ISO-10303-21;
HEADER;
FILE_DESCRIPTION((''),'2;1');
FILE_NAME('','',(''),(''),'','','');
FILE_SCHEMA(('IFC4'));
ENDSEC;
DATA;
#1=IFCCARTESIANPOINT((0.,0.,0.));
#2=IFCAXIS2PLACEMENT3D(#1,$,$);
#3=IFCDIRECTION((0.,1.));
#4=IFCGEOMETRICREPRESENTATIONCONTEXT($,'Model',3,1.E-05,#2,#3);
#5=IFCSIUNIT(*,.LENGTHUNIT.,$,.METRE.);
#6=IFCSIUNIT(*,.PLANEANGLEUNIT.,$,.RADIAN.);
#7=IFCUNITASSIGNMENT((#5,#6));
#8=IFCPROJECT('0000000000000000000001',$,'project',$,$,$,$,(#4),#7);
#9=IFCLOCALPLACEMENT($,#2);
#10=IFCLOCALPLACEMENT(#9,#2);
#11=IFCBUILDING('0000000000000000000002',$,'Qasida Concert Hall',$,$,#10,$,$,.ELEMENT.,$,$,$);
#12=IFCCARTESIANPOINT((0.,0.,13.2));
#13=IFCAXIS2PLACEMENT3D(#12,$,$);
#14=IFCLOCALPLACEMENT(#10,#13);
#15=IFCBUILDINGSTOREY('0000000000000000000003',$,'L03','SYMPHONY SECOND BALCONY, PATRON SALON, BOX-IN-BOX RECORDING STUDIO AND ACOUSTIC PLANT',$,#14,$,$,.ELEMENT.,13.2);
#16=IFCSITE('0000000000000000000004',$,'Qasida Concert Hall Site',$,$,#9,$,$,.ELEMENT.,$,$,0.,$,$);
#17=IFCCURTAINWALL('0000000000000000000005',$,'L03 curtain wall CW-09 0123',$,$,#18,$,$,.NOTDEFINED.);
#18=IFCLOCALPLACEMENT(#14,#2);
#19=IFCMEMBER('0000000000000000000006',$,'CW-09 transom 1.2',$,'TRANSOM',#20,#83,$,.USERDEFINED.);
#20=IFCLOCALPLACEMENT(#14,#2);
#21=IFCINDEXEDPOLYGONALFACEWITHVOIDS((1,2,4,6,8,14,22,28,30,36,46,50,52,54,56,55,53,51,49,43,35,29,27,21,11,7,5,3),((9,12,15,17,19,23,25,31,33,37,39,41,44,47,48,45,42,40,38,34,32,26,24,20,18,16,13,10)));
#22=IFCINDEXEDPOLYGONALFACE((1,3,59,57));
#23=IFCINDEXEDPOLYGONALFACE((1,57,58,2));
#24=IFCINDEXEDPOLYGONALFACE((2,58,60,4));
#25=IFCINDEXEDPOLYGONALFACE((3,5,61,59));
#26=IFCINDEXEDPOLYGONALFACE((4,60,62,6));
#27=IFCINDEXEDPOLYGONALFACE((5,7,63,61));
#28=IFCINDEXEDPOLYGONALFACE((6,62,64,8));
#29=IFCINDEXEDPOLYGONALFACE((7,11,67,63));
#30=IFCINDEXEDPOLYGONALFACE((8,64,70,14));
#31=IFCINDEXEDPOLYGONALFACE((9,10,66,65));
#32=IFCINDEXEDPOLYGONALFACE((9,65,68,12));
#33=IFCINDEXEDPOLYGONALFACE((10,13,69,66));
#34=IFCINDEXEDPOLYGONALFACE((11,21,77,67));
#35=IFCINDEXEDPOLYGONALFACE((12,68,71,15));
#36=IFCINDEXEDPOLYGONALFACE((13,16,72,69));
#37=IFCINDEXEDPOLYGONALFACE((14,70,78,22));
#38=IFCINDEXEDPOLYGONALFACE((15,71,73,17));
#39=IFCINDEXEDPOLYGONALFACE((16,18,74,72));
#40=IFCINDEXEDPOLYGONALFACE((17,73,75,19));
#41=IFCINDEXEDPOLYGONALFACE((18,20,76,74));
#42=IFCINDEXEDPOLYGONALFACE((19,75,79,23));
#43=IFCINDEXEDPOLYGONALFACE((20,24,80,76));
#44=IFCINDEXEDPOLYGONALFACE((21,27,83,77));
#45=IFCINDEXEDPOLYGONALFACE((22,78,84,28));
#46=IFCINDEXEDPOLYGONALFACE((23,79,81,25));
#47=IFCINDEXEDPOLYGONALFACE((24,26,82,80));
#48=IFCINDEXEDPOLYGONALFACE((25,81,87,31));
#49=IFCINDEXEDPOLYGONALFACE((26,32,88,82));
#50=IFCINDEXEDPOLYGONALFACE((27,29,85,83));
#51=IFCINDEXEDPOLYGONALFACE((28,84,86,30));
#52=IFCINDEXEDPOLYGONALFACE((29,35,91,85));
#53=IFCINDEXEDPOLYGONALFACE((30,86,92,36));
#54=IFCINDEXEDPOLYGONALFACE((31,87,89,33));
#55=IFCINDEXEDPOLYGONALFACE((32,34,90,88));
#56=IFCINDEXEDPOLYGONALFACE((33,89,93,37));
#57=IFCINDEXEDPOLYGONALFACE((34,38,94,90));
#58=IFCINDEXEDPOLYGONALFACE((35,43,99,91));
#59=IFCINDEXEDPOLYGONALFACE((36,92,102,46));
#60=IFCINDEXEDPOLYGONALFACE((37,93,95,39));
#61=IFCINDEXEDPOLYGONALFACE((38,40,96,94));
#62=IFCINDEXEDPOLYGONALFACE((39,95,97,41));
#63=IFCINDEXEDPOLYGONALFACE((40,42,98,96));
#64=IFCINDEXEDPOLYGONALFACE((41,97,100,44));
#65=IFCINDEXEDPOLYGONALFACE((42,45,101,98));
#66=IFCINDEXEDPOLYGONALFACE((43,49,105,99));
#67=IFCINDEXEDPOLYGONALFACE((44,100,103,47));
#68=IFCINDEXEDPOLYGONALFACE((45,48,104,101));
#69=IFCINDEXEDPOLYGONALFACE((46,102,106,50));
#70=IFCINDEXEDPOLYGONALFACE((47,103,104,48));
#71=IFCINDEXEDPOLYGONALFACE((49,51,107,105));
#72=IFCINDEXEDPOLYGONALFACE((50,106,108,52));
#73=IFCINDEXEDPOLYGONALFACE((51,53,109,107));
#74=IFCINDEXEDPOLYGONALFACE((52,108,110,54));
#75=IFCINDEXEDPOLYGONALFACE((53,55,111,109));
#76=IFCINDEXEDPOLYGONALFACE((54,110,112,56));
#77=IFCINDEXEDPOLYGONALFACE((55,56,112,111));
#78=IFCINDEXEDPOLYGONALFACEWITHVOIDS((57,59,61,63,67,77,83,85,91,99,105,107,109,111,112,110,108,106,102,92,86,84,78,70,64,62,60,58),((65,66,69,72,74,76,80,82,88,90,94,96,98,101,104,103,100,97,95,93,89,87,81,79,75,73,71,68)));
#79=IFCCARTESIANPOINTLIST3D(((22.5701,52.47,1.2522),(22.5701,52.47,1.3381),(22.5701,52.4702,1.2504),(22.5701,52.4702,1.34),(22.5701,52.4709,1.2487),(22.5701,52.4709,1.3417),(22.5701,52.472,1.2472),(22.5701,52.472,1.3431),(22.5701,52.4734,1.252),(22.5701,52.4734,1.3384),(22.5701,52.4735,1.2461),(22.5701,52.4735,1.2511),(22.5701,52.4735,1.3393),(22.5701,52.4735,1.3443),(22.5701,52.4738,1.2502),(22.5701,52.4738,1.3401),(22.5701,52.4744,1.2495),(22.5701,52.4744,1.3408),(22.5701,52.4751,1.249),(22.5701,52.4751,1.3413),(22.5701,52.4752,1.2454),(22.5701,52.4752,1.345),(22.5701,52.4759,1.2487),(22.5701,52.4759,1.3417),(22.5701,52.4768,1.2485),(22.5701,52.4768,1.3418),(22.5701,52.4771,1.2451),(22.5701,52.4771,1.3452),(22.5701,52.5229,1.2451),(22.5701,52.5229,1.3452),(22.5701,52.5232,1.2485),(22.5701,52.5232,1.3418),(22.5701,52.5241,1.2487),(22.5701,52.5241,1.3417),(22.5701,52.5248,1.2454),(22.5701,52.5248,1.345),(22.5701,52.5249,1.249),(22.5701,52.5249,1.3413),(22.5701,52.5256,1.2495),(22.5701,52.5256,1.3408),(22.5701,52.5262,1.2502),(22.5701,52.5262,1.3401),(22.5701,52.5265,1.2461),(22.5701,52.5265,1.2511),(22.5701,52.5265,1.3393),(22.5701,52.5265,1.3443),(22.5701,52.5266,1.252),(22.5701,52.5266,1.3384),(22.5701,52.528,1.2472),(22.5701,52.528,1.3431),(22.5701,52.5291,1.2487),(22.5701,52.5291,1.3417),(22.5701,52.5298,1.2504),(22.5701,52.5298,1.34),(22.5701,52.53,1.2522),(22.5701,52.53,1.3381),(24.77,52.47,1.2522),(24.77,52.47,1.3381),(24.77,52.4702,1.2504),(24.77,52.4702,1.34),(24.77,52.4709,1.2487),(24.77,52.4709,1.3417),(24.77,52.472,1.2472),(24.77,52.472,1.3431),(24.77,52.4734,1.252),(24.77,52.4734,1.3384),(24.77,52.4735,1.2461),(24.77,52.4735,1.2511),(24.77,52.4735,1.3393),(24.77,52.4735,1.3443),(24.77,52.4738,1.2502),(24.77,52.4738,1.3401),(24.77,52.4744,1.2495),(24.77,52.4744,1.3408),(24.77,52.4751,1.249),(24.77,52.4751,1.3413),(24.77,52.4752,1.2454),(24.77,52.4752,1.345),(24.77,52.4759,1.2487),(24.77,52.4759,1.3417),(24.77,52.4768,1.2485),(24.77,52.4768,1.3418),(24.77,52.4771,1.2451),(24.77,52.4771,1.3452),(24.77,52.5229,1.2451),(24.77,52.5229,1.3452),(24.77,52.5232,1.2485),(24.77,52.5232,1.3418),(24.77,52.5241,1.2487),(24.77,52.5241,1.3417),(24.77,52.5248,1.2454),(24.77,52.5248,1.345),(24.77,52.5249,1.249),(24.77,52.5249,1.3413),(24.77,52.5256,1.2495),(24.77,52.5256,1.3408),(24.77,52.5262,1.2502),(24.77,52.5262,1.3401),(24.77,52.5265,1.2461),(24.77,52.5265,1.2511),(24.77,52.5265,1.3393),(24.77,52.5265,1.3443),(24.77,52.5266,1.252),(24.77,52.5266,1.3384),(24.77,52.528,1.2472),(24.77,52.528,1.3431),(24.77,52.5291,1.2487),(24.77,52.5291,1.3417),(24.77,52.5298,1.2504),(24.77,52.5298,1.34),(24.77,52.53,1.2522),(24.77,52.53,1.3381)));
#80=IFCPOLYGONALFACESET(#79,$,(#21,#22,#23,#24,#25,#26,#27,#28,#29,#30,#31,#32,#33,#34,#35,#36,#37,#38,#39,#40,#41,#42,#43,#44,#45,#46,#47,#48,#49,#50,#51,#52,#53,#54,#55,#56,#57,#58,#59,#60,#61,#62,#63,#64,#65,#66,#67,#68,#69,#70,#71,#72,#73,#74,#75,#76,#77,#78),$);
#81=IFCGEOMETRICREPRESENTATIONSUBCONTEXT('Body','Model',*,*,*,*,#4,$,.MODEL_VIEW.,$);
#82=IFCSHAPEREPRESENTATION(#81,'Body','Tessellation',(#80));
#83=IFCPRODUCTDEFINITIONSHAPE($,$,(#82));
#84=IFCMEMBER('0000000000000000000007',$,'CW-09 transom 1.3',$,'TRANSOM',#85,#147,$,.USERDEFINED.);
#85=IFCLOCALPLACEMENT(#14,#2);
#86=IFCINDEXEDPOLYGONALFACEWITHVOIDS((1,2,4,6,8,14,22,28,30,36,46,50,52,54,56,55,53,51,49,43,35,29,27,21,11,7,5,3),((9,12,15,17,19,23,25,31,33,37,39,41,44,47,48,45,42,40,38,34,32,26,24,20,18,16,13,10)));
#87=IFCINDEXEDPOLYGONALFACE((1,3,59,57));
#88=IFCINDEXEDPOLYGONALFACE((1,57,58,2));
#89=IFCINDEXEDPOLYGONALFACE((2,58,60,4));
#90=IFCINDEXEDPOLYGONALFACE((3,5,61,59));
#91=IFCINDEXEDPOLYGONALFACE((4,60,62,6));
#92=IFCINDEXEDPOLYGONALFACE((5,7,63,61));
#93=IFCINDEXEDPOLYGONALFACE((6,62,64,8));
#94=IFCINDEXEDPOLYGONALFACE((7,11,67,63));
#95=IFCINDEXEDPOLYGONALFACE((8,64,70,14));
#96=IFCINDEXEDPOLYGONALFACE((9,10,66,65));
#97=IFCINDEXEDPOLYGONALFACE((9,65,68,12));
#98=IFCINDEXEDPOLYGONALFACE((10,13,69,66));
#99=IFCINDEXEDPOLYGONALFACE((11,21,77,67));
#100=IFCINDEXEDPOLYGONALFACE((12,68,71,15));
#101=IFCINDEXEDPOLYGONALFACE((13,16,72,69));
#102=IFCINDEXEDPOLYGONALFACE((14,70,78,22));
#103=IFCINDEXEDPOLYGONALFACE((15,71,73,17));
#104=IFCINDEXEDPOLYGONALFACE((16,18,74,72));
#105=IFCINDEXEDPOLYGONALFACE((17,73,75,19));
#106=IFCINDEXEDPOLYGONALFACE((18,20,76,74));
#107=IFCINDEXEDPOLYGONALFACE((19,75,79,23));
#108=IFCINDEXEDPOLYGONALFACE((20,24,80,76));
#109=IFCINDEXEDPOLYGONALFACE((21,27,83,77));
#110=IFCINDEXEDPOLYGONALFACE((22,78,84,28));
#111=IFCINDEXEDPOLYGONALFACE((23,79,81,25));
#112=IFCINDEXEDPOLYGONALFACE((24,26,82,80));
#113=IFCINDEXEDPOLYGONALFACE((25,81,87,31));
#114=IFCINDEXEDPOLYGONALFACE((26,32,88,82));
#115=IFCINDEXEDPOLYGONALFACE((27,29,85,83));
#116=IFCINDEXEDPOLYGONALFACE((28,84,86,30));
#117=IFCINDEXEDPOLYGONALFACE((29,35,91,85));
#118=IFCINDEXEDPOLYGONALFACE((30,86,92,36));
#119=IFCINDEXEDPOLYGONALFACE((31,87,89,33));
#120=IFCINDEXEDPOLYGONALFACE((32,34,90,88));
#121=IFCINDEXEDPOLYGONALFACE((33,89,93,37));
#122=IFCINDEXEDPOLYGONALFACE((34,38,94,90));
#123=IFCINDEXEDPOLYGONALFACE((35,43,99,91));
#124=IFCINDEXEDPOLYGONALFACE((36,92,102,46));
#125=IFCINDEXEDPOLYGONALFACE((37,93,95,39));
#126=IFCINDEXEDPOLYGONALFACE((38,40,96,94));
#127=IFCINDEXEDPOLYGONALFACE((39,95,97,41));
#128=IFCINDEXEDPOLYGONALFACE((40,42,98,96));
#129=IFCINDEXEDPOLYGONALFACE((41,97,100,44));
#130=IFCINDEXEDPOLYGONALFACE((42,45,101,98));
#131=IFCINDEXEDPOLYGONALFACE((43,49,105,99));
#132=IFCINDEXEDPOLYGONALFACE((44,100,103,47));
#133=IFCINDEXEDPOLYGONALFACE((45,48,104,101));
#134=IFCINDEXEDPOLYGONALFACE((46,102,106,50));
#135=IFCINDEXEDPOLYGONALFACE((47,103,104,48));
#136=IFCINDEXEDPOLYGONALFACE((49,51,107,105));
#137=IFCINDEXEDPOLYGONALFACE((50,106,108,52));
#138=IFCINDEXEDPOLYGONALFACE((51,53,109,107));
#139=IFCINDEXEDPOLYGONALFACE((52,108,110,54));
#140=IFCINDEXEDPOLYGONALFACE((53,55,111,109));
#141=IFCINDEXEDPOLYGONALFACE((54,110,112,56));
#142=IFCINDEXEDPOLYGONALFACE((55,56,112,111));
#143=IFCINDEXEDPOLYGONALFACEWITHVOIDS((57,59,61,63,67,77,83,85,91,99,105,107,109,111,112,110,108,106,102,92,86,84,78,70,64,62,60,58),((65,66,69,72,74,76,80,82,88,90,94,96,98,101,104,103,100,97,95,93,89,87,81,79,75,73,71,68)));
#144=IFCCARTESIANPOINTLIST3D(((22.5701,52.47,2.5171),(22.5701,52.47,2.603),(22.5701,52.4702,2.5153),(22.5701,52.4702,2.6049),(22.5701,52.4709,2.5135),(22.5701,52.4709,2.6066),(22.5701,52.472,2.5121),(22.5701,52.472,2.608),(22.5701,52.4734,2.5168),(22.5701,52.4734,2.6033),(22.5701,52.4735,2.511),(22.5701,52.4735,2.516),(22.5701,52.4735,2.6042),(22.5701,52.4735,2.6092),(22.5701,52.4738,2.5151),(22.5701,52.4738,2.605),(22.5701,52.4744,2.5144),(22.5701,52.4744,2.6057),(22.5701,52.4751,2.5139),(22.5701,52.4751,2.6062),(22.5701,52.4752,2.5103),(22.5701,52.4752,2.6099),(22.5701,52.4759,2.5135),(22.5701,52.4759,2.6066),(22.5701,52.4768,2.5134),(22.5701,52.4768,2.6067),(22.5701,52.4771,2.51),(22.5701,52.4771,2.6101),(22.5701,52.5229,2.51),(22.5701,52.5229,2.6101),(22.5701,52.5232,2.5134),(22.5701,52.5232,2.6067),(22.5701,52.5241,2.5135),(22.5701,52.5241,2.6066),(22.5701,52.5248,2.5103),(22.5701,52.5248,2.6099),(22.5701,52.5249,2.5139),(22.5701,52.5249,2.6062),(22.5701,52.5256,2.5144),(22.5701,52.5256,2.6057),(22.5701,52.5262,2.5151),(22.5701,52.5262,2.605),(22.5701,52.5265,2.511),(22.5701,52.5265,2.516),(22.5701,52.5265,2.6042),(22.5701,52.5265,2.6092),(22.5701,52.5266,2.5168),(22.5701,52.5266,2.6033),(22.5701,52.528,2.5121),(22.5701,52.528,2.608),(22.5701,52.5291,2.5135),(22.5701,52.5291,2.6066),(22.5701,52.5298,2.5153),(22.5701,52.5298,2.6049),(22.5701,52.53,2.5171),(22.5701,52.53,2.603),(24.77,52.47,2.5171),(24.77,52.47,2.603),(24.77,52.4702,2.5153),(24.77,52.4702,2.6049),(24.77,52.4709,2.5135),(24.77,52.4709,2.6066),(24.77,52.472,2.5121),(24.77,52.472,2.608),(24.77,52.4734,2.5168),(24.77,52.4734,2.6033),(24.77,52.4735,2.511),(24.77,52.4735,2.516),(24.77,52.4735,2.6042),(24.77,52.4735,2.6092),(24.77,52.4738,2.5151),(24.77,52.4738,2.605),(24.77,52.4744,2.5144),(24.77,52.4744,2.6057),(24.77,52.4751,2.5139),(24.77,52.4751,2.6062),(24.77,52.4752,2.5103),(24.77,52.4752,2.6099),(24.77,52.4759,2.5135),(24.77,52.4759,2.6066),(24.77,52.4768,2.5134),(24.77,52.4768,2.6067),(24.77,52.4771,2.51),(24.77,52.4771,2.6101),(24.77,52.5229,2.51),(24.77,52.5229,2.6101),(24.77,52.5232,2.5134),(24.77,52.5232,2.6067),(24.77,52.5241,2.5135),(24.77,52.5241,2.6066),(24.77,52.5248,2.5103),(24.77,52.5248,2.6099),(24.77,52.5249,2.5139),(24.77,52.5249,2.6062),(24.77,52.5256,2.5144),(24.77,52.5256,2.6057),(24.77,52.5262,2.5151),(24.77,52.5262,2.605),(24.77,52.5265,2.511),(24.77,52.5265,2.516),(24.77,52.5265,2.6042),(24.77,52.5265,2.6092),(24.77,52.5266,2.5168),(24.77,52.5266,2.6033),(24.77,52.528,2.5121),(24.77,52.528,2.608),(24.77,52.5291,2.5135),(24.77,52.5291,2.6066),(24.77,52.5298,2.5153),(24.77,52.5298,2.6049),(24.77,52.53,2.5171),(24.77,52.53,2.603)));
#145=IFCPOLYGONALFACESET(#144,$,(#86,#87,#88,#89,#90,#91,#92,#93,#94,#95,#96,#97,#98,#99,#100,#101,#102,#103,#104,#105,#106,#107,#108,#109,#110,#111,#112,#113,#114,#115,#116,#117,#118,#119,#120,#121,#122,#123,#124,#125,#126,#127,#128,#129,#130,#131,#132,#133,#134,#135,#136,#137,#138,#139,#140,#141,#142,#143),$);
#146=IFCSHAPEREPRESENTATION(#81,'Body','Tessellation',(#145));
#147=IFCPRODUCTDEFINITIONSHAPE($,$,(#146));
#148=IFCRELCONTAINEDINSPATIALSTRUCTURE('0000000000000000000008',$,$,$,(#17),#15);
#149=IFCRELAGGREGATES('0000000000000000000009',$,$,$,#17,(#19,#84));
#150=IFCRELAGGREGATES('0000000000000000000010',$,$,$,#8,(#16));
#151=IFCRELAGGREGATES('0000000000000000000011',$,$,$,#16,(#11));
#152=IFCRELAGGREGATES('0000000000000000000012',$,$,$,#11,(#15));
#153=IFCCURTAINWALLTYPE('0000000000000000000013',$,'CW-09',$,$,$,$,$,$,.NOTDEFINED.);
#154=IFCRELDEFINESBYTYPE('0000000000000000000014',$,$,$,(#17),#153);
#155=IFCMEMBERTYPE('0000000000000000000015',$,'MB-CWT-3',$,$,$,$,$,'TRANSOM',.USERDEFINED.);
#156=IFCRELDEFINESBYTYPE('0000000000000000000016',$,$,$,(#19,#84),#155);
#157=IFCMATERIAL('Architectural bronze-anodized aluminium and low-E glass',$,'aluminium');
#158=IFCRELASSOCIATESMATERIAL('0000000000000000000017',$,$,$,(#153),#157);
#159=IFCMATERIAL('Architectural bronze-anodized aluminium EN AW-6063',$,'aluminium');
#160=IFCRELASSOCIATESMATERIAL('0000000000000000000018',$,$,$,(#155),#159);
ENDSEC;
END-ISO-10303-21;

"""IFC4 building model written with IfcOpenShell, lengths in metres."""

from ifc_helpers import new_model, si_unit, direction, frame, origin, origin_2d, place, context, subcontext, project, spatial, hollow_rectangle, extrude, material, material_profile, profile_set, type_object, element, aggregate, save


model = new_model("IFC4")

# Units and contexts
model_context = context("Model", 3, precision=1e-05, world=origin(), true_north=direction((0.0, 1.0)))
body_context = subcontext(model_context, "Body", "Model", "MODEL_VIEW")
ifc_project = project(units=[si_unit("LENGTHUNIT", "METRE"), si_unit("PLANEANGLEUNIT", "RADIAN")], contexts=[model_context])

# Site, building, storey
site_placement = place(None, origin())
site = spatial("IfcSite", under=ifc_project, at=site_placement, Name="Qasida Concert Hall Site", CompositionType="ELEMENT", RefElevation=0.0)
building_placement = place(site_placement, origin())
building = spatial("IfcBuilding", under=site, at=building_placement, Name="Qasida Concert Hall", CompositionType="ELEMENT")
storey_placement = place(building_placement, frame((0.0, 0.0, 13.2)))
storey = spatial("IfcBuildingStorey", under=building, at=storey_placement, Name="L03", Description="SYMPHONY SECOND BALCONY, PATRON SALON, BOX-IN-BOX RECORDING STUDIO AND ACOUSTIC PLANT", CompositionType="ELEMENT", Elevation=13.2)

# Shared definitions
ifc_material_1 = material(Name="Architectural bronze-anodized aluminium and low-E glass", Category="aluminium")
curtain_wall_type = type_object("IfcCurtainWallType", Name="CW-09", PredefinedType="NOTDEFINED", material=ifc_material_1)
ifc_material_2 = material(Name="Architectural bronze-anodized aluminium EN AW-6063", Category="aluminium")

# Curtain wall
curtain_wall_1_placement = place(storey_placement, origin())
curtain_wall_1 = element("IfcCurtainWall", 1, at=curtain_wall_1_placement, inside=storey, type_object=curtain_wall_type, Name="L03 curtain wall CW-09 0123", PredefinedType="NOTDEFINED")

# Members
ifc_material_profile_1 = material_profile(ifc_material_2, hollow_rectangle(XDim=0.0601, YDim=0.1001, WallThickness=0.0034, InnerFilletRadius=0.0034, OuterFilletRadius=0.0071, at=origin_2d()), Name="CWT 100x60x3.5")
ifc_profile_set_1 = profile_set([ifc_material_profile_1], Name="Architectural bronze-anodized aluminium EN AW-6063")
member_type_1 = type_object("IfcMemberType", Name="MB-CWT-3", ElementType="TRANSOM", PredefinedType="USERDEFINED", material=ifc_profile_set_1)
member_1_placement = place(storey_placement, frame((22.5701, 52.5, 1.2952), z_axis=(1.0, 0.0, 0.0), x_axis=(0.0, 1.0, 0.0)))
member_1 = element("IfcMember", 2, at=member_1_placement, type_object=member_type_1, Name="CW-09 transom 1.2", ObjectType="TRANSOM", PredefinedType="USERDEFINED", context=body_context, shape_type="SweptSolid", body=[
    extrude(hollow_rectangle(XDim=0.0601, YDim=0.1001, WallThickness=0.0034, InnerFilletRadius=0.0034, OuterFilletRadius=0.0071, at=origin_2d()), origin(), (0.0, 0.0, 1.0), 2.2),
])
member_2_placement = place(storey_placement, frame((22.5701, 52.5, 2.5601), z_axis=(1.0, 0.0, 0.0), x_axis=(0.0, 1.0, 0.0)))
member_2 = element("IfcMember", 3, at=member_2_placement, type_object=member_type_1, Name="CW-09 transom 1.3", ObjectType="TRANSOM", PredefinedType="USERDEFINED", context=body_context, shape_type="SweptSolid", body=[
    extrude(hollow_rectangle(XDim=0.0601, YDim=0.1001, WallThickness=0.0034, InnerFilletRadius=0.0034, OuterFilletRadius=0.0071, at=origin_2d()), origin(), (0.0, 0.0, 1.0), 2.2),
])

aggregate(curtain_wall_1, [member_1, member_2])

save(model, "model.ifc")
